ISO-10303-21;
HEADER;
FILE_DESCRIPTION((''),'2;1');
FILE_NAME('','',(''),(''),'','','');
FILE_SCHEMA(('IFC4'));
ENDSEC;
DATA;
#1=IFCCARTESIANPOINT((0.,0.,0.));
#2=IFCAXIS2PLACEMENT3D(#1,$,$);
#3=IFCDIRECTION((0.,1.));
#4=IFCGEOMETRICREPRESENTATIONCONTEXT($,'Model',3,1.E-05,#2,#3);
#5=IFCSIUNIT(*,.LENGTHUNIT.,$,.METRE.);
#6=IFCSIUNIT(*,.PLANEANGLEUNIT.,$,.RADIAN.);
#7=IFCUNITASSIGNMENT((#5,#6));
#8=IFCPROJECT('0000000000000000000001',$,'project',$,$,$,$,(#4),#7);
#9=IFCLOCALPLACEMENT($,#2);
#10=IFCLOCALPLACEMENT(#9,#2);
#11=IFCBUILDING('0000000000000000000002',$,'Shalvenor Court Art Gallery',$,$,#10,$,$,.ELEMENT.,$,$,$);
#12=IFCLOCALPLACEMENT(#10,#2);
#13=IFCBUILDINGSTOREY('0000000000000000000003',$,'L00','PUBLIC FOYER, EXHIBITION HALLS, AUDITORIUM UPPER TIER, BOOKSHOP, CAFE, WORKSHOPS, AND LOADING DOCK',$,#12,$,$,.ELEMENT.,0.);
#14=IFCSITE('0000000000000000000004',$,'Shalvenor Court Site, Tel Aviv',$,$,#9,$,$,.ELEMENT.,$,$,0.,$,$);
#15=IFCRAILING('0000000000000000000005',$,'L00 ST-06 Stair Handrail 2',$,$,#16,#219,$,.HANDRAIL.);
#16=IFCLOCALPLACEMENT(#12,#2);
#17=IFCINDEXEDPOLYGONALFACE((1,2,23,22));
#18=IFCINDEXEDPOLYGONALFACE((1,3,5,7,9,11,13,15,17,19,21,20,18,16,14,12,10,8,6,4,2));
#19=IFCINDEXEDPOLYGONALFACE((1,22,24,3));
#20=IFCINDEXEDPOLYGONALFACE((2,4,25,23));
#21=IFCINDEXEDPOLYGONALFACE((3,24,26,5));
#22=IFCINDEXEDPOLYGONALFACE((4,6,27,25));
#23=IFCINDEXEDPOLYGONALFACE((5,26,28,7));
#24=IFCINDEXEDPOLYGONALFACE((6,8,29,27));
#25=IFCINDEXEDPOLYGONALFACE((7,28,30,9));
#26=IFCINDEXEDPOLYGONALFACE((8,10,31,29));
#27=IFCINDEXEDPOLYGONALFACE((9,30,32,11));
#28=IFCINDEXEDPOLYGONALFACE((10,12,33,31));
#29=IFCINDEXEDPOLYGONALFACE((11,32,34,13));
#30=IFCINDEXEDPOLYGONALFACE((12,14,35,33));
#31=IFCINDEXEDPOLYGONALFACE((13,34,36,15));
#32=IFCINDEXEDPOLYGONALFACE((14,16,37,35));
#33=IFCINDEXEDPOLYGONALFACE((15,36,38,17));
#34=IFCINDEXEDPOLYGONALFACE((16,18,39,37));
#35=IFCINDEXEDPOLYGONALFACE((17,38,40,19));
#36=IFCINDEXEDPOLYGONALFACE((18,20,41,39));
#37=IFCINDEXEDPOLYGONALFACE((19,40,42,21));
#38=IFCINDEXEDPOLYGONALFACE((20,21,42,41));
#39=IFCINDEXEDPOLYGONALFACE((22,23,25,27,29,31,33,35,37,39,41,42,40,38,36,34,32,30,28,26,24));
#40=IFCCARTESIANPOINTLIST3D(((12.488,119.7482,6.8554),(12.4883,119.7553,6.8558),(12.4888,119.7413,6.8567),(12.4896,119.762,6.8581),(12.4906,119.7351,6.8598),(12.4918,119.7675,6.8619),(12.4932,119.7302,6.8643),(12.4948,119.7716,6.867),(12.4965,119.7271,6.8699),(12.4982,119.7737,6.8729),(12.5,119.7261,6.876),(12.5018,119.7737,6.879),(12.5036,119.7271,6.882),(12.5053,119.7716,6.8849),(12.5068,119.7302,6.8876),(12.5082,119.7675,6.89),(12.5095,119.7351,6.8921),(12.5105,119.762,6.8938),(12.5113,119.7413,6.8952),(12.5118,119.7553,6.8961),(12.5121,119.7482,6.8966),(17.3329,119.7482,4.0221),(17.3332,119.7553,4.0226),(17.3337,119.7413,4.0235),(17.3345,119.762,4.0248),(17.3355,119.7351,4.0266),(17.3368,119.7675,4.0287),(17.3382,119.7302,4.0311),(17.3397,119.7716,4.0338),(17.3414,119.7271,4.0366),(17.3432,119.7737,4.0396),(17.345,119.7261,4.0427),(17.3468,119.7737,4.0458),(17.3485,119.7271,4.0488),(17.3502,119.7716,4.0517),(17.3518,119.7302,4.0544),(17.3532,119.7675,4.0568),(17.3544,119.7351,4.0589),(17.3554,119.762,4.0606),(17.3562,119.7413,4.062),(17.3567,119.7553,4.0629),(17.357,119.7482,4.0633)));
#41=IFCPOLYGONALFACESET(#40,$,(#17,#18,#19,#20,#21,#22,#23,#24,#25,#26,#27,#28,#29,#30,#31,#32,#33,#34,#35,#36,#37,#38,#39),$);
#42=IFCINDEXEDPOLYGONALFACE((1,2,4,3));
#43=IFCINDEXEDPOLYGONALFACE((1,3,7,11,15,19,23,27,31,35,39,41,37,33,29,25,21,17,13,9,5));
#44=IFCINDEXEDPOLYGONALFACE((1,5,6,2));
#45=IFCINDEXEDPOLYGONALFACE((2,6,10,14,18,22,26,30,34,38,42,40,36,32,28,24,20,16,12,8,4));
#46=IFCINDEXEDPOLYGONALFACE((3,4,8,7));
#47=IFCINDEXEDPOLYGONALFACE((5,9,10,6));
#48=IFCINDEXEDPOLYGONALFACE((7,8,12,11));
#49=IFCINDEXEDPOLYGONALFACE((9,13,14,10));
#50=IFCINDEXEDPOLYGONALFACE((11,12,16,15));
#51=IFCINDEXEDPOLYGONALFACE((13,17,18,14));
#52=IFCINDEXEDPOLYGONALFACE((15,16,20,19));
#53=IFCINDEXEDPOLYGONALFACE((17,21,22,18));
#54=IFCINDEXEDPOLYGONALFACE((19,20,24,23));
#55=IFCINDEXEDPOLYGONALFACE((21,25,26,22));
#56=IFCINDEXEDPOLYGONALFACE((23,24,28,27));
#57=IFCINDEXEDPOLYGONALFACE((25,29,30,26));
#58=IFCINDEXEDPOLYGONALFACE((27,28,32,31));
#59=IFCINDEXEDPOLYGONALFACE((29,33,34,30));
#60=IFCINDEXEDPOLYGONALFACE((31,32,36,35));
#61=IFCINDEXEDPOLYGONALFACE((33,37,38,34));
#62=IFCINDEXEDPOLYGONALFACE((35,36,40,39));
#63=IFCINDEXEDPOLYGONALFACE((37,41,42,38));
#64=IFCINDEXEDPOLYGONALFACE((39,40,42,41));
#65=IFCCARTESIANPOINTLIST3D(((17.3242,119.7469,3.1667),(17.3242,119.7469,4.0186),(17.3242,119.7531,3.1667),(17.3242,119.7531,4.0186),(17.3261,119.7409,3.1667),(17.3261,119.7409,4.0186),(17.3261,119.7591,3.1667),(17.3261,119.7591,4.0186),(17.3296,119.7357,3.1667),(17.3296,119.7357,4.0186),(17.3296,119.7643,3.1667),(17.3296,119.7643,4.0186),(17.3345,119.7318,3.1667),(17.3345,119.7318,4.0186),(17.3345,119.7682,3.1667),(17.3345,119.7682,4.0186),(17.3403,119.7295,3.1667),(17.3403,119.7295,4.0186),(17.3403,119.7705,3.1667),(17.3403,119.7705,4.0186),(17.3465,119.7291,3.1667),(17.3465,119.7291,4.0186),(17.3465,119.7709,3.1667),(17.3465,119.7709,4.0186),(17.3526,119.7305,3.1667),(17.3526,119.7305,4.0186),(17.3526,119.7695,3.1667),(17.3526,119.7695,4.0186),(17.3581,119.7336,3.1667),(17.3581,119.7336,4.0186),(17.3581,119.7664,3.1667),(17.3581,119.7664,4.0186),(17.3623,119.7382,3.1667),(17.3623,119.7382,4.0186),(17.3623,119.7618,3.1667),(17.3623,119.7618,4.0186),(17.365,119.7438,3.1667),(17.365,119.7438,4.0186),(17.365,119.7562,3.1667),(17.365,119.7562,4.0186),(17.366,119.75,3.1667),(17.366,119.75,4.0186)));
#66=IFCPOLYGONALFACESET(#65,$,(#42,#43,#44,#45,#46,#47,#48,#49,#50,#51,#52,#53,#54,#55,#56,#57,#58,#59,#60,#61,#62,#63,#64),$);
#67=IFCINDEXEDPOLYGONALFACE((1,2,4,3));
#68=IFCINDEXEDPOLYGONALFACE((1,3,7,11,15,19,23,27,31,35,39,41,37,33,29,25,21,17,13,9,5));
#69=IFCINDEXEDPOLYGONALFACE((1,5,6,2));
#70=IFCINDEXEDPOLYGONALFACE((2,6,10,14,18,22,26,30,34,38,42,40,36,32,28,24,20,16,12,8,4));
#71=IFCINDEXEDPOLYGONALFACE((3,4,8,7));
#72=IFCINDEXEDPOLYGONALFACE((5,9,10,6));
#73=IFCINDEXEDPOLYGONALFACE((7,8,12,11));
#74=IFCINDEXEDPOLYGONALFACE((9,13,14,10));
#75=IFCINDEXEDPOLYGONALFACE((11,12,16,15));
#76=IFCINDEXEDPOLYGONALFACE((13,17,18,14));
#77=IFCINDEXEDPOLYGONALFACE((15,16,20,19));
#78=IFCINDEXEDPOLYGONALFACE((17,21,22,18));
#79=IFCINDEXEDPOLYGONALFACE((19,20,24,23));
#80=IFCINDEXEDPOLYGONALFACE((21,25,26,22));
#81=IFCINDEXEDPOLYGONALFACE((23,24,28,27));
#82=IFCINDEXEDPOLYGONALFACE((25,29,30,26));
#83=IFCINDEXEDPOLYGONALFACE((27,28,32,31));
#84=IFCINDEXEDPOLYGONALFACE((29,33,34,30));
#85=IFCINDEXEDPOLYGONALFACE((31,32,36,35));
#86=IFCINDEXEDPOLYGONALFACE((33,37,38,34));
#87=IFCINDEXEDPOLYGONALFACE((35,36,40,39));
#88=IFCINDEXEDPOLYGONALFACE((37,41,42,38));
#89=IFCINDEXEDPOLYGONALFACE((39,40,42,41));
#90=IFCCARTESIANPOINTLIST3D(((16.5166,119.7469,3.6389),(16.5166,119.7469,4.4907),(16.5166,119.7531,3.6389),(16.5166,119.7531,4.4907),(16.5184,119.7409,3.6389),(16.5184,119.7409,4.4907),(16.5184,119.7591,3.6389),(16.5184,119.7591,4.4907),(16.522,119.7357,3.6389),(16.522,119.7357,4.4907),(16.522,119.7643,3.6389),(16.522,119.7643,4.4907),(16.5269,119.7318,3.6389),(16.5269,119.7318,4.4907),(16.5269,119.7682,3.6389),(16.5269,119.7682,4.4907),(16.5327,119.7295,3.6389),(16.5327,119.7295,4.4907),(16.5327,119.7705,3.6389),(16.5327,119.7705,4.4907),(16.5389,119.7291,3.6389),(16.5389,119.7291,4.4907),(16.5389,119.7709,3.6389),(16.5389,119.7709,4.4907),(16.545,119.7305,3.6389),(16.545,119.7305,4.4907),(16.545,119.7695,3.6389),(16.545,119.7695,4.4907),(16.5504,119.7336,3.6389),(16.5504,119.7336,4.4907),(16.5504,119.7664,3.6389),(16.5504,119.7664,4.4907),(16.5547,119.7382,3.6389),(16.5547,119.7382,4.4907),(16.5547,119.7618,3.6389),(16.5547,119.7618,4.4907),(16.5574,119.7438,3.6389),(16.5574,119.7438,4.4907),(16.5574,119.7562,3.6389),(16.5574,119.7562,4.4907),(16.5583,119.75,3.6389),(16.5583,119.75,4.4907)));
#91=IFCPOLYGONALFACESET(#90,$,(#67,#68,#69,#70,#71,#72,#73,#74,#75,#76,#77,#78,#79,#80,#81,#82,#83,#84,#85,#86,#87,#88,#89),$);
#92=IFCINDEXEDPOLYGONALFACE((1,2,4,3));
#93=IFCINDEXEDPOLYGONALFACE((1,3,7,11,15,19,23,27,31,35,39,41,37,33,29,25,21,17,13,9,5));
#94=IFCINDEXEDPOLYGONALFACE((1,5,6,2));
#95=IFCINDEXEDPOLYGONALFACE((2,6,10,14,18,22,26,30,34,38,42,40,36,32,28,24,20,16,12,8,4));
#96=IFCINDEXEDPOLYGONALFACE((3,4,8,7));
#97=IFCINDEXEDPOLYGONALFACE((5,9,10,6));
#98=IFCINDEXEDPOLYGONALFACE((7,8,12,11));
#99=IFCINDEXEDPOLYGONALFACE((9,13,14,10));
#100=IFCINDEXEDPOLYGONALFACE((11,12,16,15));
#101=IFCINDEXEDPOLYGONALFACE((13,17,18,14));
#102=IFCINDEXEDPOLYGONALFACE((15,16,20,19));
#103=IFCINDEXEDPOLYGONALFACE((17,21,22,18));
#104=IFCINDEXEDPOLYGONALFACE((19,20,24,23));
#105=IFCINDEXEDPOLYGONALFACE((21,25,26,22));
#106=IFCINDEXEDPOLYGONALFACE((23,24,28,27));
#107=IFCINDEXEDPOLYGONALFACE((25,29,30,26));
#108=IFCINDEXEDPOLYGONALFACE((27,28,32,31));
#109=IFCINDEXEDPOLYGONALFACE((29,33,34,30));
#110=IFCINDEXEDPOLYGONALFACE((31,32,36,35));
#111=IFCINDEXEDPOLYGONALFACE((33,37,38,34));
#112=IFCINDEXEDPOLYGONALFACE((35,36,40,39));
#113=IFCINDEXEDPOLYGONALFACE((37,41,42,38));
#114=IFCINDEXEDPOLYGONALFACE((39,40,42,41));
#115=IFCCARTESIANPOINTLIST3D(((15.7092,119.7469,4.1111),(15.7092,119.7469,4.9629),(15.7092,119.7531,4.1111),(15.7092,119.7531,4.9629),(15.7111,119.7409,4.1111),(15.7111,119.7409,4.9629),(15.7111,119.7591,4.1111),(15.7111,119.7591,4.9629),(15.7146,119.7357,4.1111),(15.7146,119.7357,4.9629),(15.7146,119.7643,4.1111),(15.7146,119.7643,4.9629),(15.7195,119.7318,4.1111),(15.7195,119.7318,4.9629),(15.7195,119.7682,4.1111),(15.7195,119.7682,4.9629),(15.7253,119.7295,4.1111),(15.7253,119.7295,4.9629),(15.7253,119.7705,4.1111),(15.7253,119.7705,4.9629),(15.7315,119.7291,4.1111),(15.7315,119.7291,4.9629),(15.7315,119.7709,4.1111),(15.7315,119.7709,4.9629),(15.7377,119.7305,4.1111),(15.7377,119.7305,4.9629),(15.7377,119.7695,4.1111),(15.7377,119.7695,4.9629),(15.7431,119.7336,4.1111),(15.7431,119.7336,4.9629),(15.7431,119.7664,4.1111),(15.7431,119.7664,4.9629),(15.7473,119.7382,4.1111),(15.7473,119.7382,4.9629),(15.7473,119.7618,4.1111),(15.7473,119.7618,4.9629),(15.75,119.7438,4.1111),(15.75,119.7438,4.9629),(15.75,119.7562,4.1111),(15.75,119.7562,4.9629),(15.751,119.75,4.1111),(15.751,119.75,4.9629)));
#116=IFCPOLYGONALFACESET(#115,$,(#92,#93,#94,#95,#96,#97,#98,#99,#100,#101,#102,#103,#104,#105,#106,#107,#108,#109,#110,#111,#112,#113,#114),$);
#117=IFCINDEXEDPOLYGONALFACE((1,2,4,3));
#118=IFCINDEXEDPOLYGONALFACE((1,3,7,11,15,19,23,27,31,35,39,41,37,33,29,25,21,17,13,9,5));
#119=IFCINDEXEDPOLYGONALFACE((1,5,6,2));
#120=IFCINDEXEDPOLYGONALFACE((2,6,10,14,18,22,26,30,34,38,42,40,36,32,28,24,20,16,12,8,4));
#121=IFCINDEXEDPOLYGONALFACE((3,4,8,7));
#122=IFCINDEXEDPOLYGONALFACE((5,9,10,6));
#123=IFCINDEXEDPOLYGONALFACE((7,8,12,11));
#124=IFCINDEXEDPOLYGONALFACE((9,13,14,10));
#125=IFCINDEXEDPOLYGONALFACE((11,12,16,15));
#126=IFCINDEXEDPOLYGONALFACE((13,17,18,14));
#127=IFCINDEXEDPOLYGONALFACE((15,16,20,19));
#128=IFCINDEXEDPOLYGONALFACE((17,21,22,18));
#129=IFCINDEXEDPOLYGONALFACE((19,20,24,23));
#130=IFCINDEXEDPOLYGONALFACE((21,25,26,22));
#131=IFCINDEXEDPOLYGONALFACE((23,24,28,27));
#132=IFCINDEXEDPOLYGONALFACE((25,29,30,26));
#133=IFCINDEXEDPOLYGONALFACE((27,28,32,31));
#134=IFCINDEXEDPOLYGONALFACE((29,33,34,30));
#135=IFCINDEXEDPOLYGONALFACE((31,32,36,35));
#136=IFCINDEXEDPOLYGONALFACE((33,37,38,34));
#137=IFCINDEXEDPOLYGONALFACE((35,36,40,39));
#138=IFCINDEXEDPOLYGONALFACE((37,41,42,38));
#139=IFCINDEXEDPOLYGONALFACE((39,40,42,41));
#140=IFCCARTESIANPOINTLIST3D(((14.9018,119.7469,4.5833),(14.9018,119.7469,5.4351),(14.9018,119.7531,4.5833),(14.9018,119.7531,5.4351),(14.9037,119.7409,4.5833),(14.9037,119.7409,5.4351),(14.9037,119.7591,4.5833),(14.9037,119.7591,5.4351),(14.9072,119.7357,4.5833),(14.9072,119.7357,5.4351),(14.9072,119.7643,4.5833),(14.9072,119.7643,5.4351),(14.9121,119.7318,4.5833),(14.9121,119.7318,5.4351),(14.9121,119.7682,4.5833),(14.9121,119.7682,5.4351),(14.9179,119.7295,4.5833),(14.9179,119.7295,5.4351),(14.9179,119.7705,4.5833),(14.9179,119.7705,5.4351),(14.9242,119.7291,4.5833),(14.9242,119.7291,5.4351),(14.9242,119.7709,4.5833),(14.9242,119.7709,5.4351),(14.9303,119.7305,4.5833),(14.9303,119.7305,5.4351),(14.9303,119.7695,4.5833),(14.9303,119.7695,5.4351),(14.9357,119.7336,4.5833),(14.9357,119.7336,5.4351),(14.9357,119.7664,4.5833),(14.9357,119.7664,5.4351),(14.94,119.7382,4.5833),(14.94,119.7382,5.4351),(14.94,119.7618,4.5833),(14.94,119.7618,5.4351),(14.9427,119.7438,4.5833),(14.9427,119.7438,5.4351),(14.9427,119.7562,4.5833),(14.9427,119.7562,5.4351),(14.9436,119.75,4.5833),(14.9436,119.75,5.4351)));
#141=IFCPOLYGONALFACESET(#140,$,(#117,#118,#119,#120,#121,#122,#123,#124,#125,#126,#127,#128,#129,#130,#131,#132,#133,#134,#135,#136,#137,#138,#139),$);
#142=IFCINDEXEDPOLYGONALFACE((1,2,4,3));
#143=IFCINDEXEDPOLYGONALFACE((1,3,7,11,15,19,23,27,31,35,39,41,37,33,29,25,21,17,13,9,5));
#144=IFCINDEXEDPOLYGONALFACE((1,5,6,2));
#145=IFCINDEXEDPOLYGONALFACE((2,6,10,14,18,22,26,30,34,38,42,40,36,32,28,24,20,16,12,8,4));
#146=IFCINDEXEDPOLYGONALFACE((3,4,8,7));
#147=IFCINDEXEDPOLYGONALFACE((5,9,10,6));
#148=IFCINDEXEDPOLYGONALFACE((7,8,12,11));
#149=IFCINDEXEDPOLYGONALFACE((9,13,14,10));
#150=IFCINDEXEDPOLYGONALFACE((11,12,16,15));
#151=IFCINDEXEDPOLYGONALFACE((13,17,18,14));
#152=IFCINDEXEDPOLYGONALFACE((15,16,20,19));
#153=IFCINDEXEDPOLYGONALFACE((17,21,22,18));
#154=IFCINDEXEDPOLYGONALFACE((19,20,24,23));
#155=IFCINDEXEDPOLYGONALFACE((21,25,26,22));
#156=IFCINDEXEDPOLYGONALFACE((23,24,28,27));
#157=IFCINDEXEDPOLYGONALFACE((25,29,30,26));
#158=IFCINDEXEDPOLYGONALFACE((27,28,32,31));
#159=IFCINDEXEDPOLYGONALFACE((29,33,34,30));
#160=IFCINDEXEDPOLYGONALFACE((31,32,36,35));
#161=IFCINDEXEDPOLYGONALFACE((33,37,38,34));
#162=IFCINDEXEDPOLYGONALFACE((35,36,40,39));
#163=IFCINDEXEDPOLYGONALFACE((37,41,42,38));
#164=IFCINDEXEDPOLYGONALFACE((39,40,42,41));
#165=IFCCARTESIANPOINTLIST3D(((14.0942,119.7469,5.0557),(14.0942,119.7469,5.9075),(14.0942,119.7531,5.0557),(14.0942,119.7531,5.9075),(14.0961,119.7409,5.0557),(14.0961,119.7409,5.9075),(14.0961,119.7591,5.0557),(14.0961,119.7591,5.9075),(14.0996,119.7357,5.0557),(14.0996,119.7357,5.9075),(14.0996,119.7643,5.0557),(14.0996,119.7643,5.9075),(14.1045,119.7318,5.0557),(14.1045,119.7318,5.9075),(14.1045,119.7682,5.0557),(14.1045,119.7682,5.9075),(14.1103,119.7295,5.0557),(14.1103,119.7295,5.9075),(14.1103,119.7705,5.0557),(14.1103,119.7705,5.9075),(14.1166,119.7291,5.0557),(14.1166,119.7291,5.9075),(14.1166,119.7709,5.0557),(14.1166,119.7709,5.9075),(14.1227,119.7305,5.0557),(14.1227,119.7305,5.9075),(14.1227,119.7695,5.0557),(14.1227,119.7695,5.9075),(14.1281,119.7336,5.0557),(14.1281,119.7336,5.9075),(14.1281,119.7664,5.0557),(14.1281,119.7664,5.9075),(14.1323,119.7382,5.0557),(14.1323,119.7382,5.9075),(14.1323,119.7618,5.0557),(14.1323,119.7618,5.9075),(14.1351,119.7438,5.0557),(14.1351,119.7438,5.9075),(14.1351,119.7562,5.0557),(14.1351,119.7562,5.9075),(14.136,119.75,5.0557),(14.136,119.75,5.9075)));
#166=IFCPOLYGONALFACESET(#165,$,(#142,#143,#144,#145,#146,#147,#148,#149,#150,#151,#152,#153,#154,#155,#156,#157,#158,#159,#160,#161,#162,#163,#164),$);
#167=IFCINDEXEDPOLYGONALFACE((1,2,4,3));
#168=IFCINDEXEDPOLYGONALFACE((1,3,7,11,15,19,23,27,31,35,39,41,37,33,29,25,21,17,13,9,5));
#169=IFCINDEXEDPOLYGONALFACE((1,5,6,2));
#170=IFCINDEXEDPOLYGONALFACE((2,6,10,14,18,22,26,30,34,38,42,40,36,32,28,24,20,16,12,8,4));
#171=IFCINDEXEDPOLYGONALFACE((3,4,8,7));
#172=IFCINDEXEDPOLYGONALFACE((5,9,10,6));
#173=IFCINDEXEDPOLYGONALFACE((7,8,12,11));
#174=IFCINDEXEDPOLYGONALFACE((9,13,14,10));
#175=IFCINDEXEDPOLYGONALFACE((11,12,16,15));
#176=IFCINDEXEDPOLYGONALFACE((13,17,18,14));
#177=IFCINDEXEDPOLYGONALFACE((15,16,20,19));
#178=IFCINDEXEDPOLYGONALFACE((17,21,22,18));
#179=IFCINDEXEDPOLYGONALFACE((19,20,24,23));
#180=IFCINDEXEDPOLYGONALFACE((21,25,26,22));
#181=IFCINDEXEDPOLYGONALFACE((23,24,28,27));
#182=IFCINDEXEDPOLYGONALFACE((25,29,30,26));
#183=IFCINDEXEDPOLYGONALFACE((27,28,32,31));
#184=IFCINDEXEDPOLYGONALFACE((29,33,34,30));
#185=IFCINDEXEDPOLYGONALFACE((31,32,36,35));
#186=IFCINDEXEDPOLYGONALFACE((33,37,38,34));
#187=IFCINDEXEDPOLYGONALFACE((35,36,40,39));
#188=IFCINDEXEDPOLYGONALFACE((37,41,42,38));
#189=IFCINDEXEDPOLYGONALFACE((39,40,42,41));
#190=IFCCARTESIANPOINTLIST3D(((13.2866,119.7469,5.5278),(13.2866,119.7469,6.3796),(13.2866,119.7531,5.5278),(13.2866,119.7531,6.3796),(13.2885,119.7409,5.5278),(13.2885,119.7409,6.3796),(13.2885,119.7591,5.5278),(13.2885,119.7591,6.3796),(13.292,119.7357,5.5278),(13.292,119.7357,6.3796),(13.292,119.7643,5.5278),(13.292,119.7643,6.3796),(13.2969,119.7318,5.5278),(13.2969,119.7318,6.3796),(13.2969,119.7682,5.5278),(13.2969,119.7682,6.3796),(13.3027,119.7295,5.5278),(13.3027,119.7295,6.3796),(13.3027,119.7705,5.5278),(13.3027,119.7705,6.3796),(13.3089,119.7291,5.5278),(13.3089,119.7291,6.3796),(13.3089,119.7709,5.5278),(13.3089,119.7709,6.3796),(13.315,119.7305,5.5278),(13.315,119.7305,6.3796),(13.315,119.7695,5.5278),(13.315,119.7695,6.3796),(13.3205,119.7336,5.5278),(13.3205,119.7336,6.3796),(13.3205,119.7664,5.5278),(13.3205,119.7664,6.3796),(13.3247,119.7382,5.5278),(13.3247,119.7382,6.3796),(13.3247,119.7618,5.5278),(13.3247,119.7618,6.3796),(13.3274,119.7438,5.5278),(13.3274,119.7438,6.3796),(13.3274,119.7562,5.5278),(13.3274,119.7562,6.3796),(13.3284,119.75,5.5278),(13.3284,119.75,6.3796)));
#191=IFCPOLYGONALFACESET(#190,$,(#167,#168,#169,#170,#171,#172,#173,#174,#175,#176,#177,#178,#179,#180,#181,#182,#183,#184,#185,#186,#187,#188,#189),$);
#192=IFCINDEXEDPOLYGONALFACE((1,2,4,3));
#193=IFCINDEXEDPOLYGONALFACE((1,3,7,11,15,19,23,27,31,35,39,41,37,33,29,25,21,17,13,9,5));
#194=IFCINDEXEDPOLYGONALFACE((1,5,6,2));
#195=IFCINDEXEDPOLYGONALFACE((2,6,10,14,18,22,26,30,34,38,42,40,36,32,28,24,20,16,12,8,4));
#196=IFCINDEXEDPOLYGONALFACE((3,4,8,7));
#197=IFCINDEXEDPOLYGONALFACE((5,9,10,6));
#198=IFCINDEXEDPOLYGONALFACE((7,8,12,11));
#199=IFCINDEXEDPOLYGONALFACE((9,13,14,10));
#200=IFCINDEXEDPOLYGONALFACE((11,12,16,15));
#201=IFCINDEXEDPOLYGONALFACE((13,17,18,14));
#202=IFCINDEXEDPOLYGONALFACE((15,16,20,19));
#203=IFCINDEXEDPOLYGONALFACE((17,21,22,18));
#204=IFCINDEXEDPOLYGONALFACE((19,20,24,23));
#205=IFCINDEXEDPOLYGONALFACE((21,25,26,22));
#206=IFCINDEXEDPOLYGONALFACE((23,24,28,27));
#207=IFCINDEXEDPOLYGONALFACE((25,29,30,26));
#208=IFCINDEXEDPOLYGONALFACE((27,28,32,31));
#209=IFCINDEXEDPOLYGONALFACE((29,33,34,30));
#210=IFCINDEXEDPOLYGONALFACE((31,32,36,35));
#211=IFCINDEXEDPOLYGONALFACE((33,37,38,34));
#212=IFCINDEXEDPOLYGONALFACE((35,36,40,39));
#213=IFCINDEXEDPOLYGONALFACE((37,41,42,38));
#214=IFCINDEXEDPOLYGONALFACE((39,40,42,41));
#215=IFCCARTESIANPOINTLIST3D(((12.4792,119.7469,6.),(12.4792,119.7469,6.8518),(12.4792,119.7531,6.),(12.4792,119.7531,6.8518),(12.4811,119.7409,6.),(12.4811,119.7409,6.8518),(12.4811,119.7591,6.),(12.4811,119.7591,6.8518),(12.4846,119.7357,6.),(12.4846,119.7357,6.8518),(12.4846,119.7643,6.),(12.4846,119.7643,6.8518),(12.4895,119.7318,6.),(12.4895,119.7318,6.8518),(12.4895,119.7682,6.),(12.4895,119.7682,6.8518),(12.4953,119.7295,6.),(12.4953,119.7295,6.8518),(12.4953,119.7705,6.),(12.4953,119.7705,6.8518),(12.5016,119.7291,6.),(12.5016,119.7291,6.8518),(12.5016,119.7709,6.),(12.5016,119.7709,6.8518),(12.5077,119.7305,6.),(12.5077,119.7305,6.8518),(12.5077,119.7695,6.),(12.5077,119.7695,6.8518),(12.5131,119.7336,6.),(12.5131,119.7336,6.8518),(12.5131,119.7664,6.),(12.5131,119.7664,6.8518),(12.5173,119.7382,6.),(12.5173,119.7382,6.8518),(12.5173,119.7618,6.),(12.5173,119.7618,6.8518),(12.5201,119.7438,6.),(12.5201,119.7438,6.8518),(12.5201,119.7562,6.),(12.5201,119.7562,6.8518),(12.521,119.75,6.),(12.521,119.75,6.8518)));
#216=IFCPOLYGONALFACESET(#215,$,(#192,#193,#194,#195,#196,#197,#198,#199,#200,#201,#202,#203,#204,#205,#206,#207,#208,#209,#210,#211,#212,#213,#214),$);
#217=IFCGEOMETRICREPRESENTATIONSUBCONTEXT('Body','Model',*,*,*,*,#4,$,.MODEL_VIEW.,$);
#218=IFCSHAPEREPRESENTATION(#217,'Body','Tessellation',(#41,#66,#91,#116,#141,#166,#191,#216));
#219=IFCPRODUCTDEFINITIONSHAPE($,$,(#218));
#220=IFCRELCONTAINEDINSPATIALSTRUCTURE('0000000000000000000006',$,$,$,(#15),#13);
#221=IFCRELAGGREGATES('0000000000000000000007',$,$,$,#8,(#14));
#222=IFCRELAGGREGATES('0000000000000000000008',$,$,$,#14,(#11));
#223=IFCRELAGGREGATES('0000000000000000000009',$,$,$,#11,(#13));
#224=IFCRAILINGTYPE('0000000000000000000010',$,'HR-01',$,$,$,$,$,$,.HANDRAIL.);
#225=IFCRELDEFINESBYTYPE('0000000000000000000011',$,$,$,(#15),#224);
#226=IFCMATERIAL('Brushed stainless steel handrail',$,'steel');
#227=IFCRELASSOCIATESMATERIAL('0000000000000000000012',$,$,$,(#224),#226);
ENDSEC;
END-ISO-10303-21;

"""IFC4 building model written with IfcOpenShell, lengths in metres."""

from ifc_helpers import new_model, si_unit, direction, frame, origin, origin_2d, place, context, subcontext, project, spatial, circle, extrude, material, type_object, element, save


model = new_model("IFC4")

# Units and contexts
model_context = context("Model", 3, precision=1e-05, world=origin(), true_north=direction((0.0, 1.0)))
body_context = subcontext(model_context, "Body", "Model", "MODEL_VIEW")
ifc_project = project(units=[si_unit("LENGTHUNIT", "METRE"), si_unit("PLANEANGLEUNIT", "RADIAN")], contexts=[model_context])

# Site, building, storey
site_placement = place(None, origin())
site = spatial("IfcSite", under=ifc_project, at=site_placement, Name="Shalvenor Court Site, Tel Aviv", CompositionType="ELEMENT", RefElevation=0.0)
building_placement = place(site_placement, origin())
building = spatial("IfcBuilding", under=site, at=building_placement, Name="Shalvenor Court Art Gallery", CompositionType="ELEMENT")
storey_placement = place(building_placement, origin())
storey = spatial("IfcBuildingStorey", under=building, at=storey_placement, Name="L00", Description="PUBLIC FOYER, EXHIBITION HALLS, AUDITORIUM UPPER TIER, BOOKSHOP, CAFE, WORKSHOPS, AND LOADING DOCK", CompositionType="ELEMENT", Elevation=0.0)

# Railing
ifc_material_1 = material(Name="Brushed stainless steel handrail", Category="steel")
railing_type_1 = type_object("IfcRailingType", Name="HR-01", PredefinedType="HANDRAIL", material=ifc_material_1)
railing_1_placement = place(storey_placement, frame((17.345, 119.75, 3.1667)))
element("IfcRailing", 1, at=railing_1_placement, inside=storey, type_object=railing_type_1, Name="L00 ST-06 Stair Handrail 2", PredefinedType="HANDRAIL", context=body_context, shape_type="SweptSolid", body=[
    extrude(circle(Radius=0.0239, at=origin_2d()), frame((0.0, 0.0, 0.876), z_axis=(-0.863234, 0.0, 0.504804), x_axis=(0.0, -1.0, 0.0)), (0.0, 0.0, 1.0), 5.6125),
    extrude(circle(Radius=0.021, at=origin_2d()), origin(), (0.0, 0.0, 1.0), 0.8518),
    extrude(circle(Radius=0.021, at=origin_2d()), frame((-0.8076, 0.0, 0.4722)), (0.0, 0.0, 1.0), 0.8518),
    extrude(circle(Radius=0.021, at=origin_2d()), frame((-1.615, 0.0, 0.9443)), (0.0, 0.0, 1.0), 0.8518),
    extrude(circle(Radius=0.021, at=origin_2d()), frame((-2.4224, 0.0, 1.4165)), (0.0, 0.0, 1.0), 0.8518),
    extrude(circle(Radius=0.021, at=origin_2d()), frame((-3.23, 0.0, 1.8889)), (0.0, 0.0, 1.0), 0.8518),
    extrude(circle(Radius=0.021, at=origin_2d()), frame((-4.0376, 0.0, 2.3611)), (0.0, 0.0, 1.0), 0.8518),
    extrude(circle(Radius=0.021, at=origin_2d()), frame((-4.845, 0.0, 2.8333)), (0.0, 0.0, 1.0), 0.8518),
])

save(model, "model.ifc")
